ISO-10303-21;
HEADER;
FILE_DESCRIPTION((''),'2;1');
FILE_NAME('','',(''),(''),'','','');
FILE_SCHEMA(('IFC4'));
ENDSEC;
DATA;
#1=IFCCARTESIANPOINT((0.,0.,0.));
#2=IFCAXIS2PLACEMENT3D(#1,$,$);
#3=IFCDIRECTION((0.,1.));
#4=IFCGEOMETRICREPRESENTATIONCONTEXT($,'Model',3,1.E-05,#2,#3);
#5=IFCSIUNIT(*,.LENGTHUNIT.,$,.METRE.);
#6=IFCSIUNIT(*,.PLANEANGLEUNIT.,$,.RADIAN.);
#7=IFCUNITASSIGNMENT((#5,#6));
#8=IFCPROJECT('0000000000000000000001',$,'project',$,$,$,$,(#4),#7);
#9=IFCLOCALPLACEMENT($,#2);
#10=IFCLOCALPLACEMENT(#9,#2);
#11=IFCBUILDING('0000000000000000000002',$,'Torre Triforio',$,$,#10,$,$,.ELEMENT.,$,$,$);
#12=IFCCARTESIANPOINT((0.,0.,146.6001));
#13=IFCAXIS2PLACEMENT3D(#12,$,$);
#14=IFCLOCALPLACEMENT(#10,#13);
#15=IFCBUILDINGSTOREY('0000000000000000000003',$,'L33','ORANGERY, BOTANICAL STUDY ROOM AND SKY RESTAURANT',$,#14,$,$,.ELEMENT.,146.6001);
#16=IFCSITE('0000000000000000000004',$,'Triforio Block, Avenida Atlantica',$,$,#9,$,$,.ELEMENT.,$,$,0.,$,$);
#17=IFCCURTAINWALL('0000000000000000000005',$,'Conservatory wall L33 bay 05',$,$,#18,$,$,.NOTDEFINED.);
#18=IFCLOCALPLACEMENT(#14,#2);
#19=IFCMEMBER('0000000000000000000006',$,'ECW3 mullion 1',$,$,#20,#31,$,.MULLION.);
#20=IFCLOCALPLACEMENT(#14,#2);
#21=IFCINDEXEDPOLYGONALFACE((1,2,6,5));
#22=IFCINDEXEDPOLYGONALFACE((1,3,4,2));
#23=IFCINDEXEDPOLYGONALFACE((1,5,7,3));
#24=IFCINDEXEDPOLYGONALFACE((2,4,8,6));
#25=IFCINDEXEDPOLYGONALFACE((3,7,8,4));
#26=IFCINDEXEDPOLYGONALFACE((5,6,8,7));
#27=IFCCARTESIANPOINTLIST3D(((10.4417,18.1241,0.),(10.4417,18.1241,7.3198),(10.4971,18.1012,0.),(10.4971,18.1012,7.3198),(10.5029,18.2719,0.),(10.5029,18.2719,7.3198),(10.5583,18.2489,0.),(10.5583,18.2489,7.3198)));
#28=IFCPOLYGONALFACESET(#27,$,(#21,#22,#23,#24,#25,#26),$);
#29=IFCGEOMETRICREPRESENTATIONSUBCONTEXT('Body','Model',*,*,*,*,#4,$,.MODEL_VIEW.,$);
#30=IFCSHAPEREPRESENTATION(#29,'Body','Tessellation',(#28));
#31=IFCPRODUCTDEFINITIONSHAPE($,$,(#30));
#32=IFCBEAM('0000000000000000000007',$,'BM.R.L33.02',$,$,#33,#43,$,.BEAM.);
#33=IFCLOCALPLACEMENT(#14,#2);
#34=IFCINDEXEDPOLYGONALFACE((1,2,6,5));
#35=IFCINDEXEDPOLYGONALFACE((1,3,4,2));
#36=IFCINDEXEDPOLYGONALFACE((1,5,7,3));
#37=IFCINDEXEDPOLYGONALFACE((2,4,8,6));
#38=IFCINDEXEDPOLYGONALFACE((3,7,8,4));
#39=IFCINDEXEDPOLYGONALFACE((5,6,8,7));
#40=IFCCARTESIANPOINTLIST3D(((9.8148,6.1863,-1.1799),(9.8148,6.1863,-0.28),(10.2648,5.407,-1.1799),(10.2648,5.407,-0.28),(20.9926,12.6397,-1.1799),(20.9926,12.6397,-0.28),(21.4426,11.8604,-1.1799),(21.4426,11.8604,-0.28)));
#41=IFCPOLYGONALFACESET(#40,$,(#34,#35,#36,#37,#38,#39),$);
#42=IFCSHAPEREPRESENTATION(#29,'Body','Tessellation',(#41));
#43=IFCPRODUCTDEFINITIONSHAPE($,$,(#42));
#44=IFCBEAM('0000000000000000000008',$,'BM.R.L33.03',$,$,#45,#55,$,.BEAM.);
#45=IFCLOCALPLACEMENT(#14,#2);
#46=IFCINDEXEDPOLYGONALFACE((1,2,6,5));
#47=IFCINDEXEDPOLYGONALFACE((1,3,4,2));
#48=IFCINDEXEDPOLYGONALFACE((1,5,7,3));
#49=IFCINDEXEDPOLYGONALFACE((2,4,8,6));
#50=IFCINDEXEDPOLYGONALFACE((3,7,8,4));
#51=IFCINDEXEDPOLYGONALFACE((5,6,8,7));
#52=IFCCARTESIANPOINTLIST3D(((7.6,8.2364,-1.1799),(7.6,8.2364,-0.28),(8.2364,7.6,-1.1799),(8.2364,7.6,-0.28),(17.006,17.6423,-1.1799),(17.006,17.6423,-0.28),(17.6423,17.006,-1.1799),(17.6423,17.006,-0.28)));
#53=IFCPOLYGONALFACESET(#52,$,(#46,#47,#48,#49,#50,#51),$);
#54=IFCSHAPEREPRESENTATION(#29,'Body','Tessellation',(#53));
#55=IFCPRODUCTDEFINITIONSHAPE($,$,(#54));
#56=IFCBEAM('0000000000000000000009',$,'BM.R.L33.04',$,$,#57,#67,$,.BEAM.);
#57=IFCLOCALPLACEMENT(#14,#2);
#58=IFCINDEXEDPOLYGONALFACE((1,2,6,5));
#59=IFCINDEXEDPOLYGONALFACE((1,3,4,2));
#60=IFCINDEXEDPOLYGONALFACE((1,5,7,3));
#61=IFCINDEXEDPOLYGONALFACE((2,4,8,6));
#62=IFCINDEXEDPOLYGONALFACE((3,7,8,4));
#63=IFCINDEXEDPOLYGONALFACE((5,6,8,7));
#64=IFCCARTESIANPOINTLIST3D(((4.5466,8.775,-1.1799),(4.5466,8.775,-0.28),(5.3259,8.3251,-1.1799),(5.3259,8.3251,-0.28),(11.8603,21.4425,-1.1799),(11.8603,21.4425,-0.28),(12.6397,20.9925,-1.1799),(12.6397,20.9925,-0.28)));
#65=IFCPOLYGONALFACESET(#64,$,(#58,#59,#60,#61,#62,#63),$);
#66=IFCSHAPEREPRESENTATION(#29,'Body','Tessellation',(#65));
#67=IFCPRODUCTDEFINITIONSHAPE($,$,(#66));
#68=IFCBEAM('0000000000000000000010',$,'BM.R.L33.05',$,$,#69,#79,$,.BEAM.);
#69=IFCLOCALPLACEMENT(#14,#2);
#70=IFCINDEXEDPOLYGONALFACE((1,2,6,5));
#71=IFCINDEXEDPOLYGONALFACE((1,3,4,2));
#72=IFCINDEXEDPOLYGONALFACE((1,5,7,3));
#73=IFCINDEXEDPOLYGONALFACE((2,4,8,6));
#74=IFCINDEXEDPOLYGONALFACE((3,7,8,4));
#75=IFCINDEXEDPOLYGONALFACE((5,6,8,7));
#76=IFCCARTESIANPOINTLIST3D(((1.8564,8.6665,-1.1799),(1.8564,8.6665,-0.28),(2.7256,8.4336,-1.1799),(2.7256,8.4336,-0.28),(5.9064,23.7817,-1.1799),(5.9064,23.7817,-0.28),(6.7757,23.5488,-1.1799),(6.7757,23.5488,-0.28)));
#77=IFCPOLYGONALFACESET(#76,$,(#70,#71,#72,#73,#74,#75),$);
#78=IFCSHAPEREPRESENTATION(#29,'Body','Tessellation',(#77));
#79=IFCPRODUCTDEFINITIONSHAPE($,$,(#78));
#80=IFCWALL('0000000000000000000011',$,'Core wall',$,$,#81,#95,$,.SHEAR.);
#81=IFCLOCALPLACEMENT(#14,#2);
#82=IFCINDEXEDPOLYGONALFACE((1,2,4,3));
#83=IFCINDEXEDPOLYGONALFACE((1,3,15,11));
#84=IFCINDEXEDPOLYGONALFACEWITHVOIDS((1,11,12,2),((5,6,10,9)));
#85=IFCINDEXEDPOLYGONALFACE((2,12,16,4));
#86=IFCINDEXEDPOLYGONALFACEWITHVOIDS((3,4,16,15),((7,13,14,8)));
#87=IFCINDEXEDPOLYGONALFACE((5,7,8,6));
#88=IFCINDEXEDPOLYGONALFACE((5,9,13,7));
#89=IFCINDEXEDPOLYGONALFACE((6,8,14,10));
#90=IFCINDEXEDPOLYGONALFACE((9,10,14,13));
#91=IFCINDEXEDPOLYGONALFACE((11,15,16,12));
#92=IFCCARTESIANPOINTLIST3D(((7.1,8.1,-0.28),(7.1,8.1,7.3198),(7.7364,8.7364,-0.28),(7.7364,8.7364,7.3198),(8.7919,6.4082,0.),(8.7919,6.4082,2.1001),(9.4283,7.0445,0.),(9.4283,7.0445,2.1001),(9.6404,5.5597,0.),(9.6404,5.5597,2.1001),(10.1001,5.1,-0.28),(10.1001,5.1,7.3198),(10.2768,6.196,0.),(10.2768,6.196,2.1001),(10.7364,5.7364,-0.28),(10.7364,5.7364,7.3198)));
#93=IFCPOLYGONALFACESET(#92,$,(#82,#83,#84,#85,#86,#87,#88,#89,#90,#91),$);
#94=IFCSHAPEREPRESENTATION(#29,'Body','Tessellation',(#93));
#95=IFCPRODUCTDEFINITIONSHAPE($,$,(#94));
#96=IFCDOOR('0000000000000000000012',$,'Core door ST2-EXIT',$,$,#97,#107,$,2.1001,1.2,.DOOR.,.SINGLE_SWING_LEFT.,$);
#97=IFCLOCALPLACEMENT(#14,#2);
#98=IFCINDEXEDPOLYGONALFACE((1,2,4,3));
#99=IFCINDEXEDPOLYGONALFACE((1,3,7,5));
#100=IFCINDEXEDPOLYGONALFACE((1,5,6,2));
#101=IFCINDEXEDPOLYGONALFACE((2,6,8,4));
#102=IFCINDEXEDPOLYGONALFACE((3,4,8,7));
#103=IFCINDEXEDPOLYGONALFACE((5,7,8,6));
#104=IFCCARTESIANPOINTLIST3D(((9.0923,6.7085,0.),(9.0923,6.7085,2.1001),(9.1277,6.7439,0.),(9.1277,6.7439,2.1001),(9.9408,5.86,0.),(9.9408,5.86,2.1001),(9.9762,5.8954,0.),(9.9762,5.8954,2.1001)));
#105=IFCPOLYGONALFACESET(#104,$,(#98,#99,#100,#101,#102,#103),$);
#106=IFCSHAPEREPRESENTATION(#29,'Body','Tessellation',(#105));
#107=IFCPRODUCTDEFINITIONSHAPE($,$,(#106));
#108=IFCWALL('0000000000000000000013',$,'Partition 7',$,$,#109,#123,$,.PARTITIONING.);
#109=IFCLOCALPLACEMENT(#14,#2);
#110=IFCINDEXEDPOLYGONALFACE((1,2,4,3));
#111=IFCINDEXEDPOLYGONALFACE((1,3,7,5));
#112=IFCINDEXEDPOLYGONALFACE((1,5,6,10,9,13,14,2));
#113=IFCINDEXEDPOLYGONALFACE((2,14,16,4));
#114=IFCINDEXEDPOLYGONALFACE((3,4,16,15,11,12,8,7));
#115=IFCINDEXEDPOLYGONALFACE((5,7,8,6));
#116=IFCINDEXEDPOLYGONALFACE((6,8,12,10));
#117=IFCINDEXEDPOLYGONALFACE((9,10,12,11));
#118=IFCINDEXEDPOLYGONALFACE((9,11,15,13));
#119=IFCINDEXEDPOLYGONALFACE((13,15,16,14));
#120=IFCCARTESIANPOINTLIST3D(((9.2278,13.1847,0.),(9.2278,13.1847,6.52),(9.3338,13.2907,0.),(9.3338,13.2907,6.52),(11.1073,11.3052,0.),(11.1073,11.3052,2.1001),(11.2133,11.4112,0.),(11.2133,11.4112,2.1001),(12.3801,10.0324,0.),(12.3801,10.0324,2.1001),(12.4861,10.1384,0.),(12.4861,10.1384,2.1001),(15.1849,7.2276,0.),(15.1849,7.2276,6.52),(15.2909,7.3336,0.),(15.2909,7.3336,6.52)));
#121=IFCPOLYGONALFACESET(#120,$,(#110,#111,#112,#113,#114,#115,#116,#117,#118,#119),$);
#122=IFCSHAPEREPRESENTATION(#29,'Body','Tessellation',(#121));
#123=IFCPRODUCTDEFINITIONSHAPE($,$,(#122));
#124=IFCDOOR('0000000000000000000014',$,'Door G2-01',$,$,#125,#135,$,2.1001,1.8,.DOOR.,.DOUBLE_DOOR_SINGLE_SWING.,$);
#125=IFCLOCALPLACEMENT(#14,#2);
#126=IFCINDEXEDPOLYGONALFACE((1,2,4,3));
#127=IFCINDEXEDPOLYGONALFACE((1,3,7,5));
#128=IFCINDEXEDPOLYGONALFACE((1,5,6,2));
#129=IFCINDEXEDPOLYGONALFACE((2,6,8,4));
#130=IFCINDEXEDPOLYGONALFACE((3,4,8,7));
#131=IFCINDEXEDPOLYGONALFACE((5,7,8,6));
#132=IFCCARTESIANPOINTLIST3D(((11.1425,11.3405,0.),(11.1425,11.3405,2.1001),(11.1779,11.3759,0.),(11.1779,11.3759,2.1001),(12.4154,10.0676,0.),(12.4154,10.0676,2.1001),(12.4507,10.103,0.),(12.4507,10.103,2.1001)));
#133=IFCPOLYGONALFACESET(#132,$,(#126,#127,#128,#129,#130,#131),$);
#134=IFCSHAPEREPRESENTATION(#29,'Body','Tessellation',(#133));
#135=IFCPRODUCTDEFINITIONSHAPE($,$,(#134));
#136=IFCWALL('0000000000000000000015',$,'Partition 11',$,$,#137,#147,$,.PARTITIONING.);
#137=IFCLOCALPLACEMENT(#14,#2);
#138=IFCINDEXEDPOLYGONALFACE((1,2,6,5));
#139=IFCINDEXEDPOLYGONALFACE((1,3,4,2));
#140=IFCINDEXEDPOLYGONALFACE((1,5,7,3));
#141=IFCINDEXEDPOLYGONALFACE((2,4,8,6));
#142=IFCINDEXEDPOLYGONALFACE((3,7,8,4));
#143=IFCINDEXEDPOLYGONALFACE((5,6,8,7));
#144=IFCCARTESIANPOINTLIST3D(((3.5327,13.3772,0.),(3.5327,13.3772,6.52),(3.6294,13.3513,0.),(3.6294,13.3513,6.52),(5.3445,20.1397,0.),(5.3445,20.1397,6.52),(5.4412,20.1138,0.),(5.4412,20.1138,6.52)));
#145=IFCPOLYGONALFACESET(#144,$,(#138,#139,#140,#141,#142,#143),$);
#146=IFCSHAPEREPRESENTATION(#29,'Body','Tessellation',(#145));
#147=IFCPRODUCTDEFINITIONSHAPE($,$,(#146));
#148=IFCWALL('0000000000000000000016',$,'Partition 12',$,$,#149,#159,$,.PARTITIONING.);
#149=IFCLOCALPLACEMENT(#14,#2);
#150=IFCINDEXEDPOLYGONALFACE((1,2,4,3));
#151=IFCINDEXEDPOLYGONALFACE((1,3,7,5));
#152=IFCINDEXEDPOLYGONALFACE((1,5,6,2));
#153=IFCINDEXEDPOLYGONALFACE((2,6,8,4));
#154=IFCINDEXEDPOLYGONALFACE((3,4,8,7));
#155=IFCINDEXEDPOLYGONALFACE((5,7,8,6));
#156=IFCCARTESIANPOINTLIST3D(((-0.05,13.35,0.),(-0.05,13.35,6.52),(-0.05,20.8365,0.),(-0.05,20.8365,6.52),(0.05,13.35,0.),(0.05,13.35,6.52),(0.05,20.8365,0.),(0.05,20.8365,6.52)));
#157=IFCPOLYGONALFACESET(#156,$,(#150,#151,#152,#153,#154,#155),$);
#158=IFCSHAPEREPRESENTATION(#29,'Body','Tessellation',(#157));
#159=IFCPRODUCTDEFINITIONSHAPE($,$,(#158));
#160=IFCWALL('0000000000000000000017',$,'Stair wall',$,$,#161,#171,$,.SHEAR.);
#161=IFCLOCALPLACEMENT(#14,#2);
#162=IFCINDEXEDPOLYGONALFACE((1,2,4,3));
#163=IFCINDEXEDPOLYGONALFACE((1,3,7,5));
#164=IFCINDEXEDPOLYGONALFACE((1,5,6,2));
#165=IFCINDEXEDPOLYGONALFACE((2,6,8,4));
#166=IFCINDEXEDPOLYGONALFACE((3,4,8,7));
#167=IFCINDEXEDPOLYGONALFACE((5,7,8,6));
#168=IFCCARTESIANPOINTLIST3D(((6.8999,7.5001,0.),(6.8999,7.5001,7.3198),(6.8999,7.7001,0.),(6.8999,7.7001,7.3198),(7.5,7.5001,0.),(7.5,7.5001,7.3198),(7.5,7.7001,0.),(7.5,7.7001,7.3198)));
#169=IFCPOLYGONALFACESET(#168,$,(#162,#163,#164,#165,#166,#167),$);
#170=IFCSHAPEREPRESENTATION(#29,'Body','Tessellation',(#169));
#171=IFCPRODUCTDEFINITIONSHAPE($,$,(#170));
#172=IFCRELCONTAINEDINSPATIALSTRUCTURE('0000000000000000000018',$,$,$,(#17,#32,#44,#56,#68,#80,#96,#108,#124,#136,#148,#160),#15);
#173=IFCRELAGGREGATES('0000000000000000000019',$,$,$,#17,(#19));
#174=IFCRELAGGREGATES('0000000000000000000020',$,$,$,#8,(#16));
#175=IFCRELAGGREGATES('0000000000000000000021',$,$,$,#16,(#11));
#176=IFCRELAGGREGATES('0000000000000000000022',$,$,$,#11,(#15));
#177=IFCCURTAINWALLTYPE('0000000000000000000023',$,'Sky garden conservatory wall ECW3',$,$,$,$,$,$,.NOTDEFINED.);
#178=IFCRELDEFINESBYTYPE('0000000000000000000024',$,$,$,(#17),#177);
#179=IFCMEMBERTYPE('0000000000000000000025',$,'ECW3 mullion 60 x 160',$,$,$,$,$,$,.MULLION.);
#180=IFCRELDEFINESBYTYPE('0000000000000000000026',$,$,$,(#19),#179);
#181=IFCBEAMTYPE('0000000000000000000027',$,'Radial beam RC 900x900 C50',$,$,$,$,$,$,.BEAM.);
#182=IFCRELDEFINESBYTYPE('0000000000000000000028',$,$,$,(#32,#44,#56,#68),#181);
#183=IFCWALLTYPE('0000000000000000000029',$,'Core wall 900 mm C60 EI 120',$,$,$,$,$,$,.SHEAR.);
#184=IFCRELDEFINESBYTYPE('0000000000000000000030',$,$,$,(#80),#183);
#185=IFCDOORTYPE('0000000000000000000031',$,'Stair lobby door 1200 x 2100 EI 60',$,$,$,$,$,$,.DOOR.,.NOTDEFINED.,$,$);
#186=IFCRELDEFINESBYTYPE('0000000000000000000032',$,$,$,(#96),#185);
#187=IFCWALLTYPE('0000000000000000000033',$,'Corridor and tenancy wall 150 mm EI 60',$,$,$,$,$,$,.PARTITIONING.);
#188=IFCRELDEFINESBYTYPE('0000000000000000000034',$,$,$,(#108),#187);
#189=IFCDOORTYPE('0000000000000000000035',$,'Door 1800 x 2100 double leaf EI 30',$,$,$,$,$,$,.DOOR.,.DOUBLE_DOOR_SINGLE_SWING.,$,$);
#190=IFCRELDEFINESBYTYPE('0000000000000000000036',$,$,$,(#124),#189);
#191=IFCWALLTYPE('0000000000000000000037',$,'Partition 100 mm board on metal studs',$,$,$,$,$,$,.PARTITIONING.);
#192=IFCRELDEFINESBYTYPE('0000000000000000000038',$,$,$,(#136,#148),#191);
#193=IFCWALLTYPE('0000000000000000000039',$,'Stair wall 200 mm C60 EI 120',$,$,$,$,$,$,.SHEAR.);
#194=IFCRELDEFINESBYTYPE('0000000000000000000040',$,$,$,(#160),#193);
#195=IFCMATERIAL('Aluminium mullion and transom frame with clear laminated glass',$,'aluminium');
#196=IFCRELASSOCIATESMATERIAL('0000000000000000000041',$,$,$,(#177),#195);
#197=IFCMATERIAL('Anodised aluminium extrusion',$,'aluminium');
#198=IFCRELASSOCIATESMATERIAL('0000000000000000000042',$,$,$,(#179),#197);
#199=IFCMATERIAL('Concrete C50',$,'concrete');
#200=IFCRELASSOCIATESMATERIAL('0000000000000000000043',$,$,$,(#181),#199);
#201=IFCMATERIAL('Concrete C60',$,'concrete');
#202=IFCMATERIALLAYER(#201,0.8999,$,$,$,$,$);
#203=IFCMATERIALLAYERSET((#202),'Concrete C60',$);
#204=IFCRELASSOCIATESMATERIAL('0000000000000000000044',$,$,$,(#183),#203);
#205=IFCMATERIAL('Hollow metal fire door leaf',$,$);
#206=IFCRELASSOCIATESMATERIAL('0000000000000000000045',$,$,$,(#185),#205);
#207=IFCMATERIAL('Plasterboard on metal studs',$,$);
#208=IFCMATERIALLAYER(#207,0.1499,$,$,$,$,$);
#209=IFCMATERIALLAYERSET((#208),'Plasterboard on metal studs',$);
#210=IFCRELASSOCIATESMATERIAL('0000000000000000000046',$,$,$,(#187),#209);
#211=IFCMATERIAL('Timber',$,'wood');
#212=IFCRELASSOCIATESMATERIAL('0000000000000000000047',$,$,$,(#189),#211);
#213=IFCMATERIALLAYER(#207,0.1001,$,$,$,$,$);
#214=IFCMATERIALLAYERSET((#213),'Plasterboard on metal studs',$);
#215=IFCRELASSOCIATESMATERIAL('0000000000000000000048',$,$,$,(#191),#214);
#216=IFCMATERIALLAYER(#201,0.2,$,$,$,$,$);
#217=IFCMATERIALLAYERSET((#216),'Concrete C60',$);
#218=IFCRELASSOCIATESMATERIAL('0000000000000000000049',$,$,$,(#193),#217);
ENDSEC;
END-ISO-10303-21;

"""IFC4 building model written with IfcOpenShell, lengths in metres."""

from ifc_helpers import new_model, si_unit, direction, frame, frame_2d, origin, origin_2d, place, context, subcontext, project, spatial, rectangle, extrude, material, layer, layer_set, material_profile, profile_set, type_object, element, fill, aggregate, save


model = new_model("IFC4")

# Units and contexts
model_context = context("Model", 3, precision=1e-05, world=origin(), true_north=direction((0.0, 1.0)))
body_context = subcontext(model_context, "Body", "Model", "MODEL_VIEW")
ifc_project = project(units=[si_unit("LENGTHUNIT", "METRE"), si_unit("PLANEANGLEUNIT", "RADIAN")], contexts=[model_context])

# Site, building, storey
site_placement = place(None, origin())
site = spatial("IfcSite", under=ifc_project, at=site_placement, Name="Triforio Block, Avenida Atlantica", CompositionType="ELEMENT", RefElevation=0.0)
building_placement = place(site_placement, origin())
building = spatial("IfcBuilding", under=site, at=building_placement, Name="Torre Triforio", CompositionType="ELEMENT")
storey_placement = place(building_placement, frame((0.0, 0.0, 146.6001)))
storey = spatial("IfcBuildingStorey", under=building, at=storey_placement, Name="L33", Description="ORANGERY, BOTANICAL STUDY ROOM AND SKY RESTAURANT", CompositionType="ELEMENT", Elevation=146.6001)

# Curtain wall, member
ifc_material_1 = material(Name="Aluminium mullion and transom frame with clear laminated glass", Category="aluminium")
curtain_wall_type = type_object("IfcCurtainWallType", Name="Sky garden conservatory wall ECW3", PredefinedType="NOTDEFINED", material=ifc_material_1)
curtain_wall_placement = place(storey_placement, origin())
curtain_wall = element("IfcCurtainWall", 1, at=curtain_wall_placement, inside=storey, type_object=curtain_wall_type, Name="Conservatory wall L33 bay 05", PredefinedType="NOTDEFINED")
ifc_material_2 = material(Name="Anodised aluminium extrusion", Category="aluminium")
ifc_material_profile_1 = material_profile(ifc_material_2, rectangle(XDim=0.1599, YDim=0.0601, at=origin_2d()), Name="ECW3 MULLION 60x160")
ifc_profile_set_1 = profile_set([ifc_material_profile_1], Name="Anodised aluminium extrusion")
member_type = type_object("IfcMemberType", Name="ECW3 mullion 60 x 160", PredefinedType="MULLION", material=ifc_profile_set_1)
member_placement = place(storey_placement, frame((10.5, 18.1865, 0.0), z_axis=(0.0, 0.0, 1.0), x_axis=(-0.382675, -0.923883, 0.0)))
member = element("IfcMember", 2, at=member_placement, type_object=member_type, Name="ECW3 mullion 1", PredefinedType="MULLION", context=body_context, shape_type="SweptSolid", body=[
    extrude(rectangle(XDim=0.1599, YDim=0.0601, at=origin_2d()), origin(), (0.0, 0.0, 1.0), 7.3198),
])
aggregate(curtain_wall, [member])

# Beams
ifc_material_3 = material(Name="Concrete C50", Category="concrete")
ifc_material_profile_2 = material_profile(ifc_material_3, rectangle(XDim=0.8999, YDim=0.8999, at=origin_2d()), Name="RC 900x900")
ifc_profile_set_2 = profile_set([ifc_material_profile_2], Name="Concrete C50")
beam_type = type_object("IfcBeamType", Name="Radial beam RC 900x900 C50", PredefinedType="BEAM", material=ifc_profile_set_2)
beam_1_placement = place(storey_placement, frame((10.0398, 5.7966, -0.73), z_axis=(0.866029, 0.499994, 0.0), x_axis=(-0.499994, 0.866029, 0.0)))
element("IfcBeam", 3, at=beam_1_placement, inside=storey, type_object=beam_type, Name="BM.R.L33.02", PredefinedType="BEAM", context=body_context, shape_type="SweptSolid", body=[
    extrude(rectangle(XDim=0.8999, YDim=0.8999, at=origin_2d()), origin(), (0.0, 0.0, 1.0), 12.907),
])
beam_2_placement = place(storey_placement, frame((7.9182, 7.9182, -0.73), z_axis=(0.707107, 0.707107, 0.0), x_axis=(-0.707107, 0.707107, 0.0)))
element("IfcBeam", 4, at=beam_2_placement, inside=storey, type_object=beam_type, Name="BM.R.L33.03", PredefinedType="BEAM", context=body_context, shape_type="SweptSolid", body=[
    extrude(rectangle(XDim=0.8999, YDim=0.8999, at=origin_2d()), origin(), (0.0, 0.0, 1.0), 13.302),
])
beam_3_placement = place(storey_placement, frame((4.9363, 8.55, -0.73), z_axis=(0.500008, 0.866021, 0.0), x_axis=(-0.866021, 0.500008, 0.0)))
element("IfcBeam", 5, at=beam_3_placement, inside=storey, type_object=beam_type, Name="BM.R.L33.04", PredefinedType="BEAM", context=body_context, shape_type="SweptSolid", body=[
    extrude(rectangle(XDim=0.8999, YDim=0.8999, at=origin_2d()), origin(), (0.0, 0.0, 1.0), 14.6272),
])
beam_4_placement = place(storey_placement, frame((2.291, 8.55, -0.73), z_axis=(0.258815, 0.965927, 0.0), x_axis=(-0.965927, 0.258815, 0.0)))
element("IfcBeam", 6, at=beam_4_placement, inside=storey, type_object=beam_type, Name="BM.R.L33.05", PredefinedType="BEAM", context=body_context, shape_type="SweptSolid", body=[
    extrude(rectangle(XDim=0.8999, YDim=0.8999, at=origin_2d()), origin(), (0.0, 0.0, 1.0), 15.6484),
])

# Walls, openings, doors
ifc_material_4 = material(Name="Concrete C60", Category="concrete")
ifc_layer_1 = layer(ifc_material_4, 0.8999)
ifc_layer_set_1 = layer_set([ifc_layer_1], Name="Concrete C60")
wall_type_1 = type_object("IfcWallType", Name="Core wall 900 mm C60 EI 120", PredefinedType="SHEAR", material=ifc_layer_set_1)
wall_1_placement = place(storey_placement, frame((7.4182, 8.4182, -0.28), z_axis=(0.0, 0.0, 1.0), x_axis=(0.707107, -0.707107, 0.0)))
wall_1 = element("IfcWall", 7, at=wall_1_placement, inside=storey, type_object=wall_type_1, Name="Core wall", PredefinedType="SHEAR", context=body_context, shape_type="SweptSolid", body=[
    extrude(rectangle(XDim=4.2427, YDim=0.8999, at=frame_2d((2.1213, 0.0))), origin(), (0.0, 0.0, 1.0), 7.5999),
])
opening_1_placement = place(wall_1_placement, frame((2.3926, 0.0, 0.28)))
opening_1 = element("IfcOpeningElement", 8, at=opening_1_placement, cuts=wall_1, PredefinedType="OPENING", context=body_context, shape_type="SweptSolid", body=[
    extrude(rectangle(XDim=1.2, YDim=2.1001, at=frame_2d((0.6001, 1.05))), frame((0.0, 0.46, 0.0), z_axis=(0.0, -1.0, 0.0), x_axis=(1.0, 0.0, 0.0)), (0.0, 0.0, 1.0), 0.9199),
])
ifc_material_5 = material(Name="Hollow metal fire door leaf")
door_type_1 = type_object("IfcDoorType", Name="Stair lobby door 1200 x 2100 EI 60", OperationType="NOTDEFINED", PredefinedType="DOOR", material=ifc_material_5)
door_1_placement = place(opening_1_placement, origin())
door_1 = element("IfcDoor", 9, at=door_1_placement, inside=storey, type_object=door_type_1, Name="Core door ST2-EXIT", OperationType="SINGLE_SWING_LEFT", OverallHeight=2.1001, OverallWidth=1.2, PredefinedType="DOOR", context=body_context, shape_type="SweptSolid", body=[
    extrude(rectangle(XDim=1.2, YDim=2.1001, at=frame_2d((0.6001, 1.05))), frame((0.0, 0.0249, 0.0), z_axis=(0.0, -1.0, 0.0), x_axis=(1.0, 0.0, 0.0)), (0.0, 0.0, 1.0), 0.05),
])
fill(opening_1, door_1)
ifc_material_6 = material(Name="Plasterboard on metal studs")
ifc_layer_2 = layer(ifc_material_6, 0.1499)
ifc_layer_set_2 = layer_set([ifc_layer_2], Name="Plasterboard on metal studs")
wall_type_2 = type_object("IfcWallType", Name="Corridor and tenancy wall 150 mm EI 60", PredefinedType="PARTITIONING", material=ifc_layer_set_2)
wall_2_placement = place(storey_placement, frame((9.2808, 13.2378, 0.0), z_axis=(0.0, 0.0, 1.0), x_axis=(0.707107, -0.707107, 0.0)))
wall_2 = element("IfcWall", 10, at=wall_2_placement, inside=storey, type_object=wall_type_2, Name="Partition 7", PredefinedType="PARTITIONING", context=body_context, shape_type="SweptSolid", body=[
    extrude(rectangle(XDim=8.4246, YDim=0.1499, at=frame_2d((4.2124, 0.0))), origin(), (0.0, 0.0, 1.0), 6.52),
])
opening_2_placement = place(wall_2_placement, frame((2.6582, 0.0, 0.0)))
opening_2 = element("IfcOpeningElement", 11, at=opening_2_placement, cuts=wall_2, PredefinedType="OPENING", context=body_context, shape_type="SweptSolid", body=[
    extrude(rectangle(XDim=1.8, YDim=2.1001, at=frame_2d((0.8999, 1.05))), frame((0.0, 0.085, 0.0), z_axis=(0.0, -1.0, 0.0), x_axis=(1.0, 0.0, 0.0)), (0.0, 0.0, 1.0), 0.1699),
])
ifc_material_7 = material(Name="Timber", Category="wood")
door_type_2 = type_object("IfcDoorType", Name="Door 1800 x 2100 double leaf EI 30", OperationType="DOUBLE_DOOR_SINGLE_SWING", PredefinedType="DOOR", material=ifc_material_7)
door_2_placement = place(opening_2_placement, origin())
door_2 = element("IfcDoor", 12, at=door_2_placement, inside=storey, type_object=door_type_2, Name="Door G2-01", OperationType="DOUBLE_DOOR_SINGLE_SWING", OverallHeight=2.1001, OverallWidth=1.8, PredefinedType="DOOR", context=body_context, shape_type="SweptSolid", body=[
    extrude(rectangle(XDim=1.8, YDim=2.1001, at=frame_2d((0.8999, 1.05))), frame((0.0, 0.0249, 0.0), z_axis=(0.0, -1.0, 0.0), x_axis=(1.0, 0.0, 0.0)), (0.0, 0.0, 1.0), 0.05),
])
fill(opening_2, door_2)

# Walls
ifc_layer_3 = layer(ifc_material_6, 0.1001)
ifc_layer_set_3 = layer_set([ifc_layer_3], Name="Plasterboard on metal studs")
wall_type_3 = type_object("IfcWallType", Name="Partition 100 mm board on metal studs", PredefinedType="PARTITIONING", material=ifc_layer_set_3)
wall_3_placement = place(storey_placement, frame((3.5811, 13.3643, 0.0), z_axis=(0.0, 0.0, 1.0), x_axis=(0.258789, 0.965934, 0.0)))
element("IfcWall", 13, at=wall_3_placement, inside=storey, type_object=wall_type_3, Name="Partition 11", PredefinedType="PARTITIONING", context=body_context, shape_type="SweptSolid", body=[
    extrude(rectangle(XDim=7.001, YDim=0.1001, at=frame_2d((3.5005, 0.0))), origin(), (0.0, 0.0, 1.0), 6.52),
])
wall_4_placement = place(storey_placement, frame((0.0, 13.3501, 0.0), z_axis=(0.0, 0.0, 1.0), x_axis=(0.0, 1.0, 0.0)))
element("IfcWall", 14, at=wall_4_placement, inside=storey, type_object=wall_type_3, Name="Partition 12", PredefinedType="PARTITIONING", context=body_context, shape_type="SweptSolid", body=[
    extrude(rectangle(XDim=7.4866, YDim=0.1001, at=frame_2d((3.7432, 0.0))), origin(), (0.0, 0.0, 1.0), 6.52),
])
ifc_layer_4 = layer(ifc_material_4, 0.2)
ifc_layer_set_4 = layer_set([ifc_layer_4], Name="Concrete C60")
wall_type_4 = type_object("IfcWallType", Name="Stair wall 200 mm C60 EI 120", PredefinedType="SHEAR", material=ifc_layer_set_4)
wall_5_placement = place(storey_placement, frame((6.8999, 7.6001, 0.0), z_axis=(0.0, 0.0, 1.0), x_axis=(1.0, 0.0, 0.0)))
element("IfcWall", 15, at=wall_5_placement, inside=storey, type_object=wall_type_4, Name="Stair wall", PredefinedType="SHEAR", context=body_context, shape_type="SweptSolid", body=[
    extrude(rectangle(XDim=0.6001, YDim=0.2, at=frame_2d((0.3, 0.0))), origin(), (0.0, 0.0, 1.0), 7.3198),
])

save(model, "model.ifc")
